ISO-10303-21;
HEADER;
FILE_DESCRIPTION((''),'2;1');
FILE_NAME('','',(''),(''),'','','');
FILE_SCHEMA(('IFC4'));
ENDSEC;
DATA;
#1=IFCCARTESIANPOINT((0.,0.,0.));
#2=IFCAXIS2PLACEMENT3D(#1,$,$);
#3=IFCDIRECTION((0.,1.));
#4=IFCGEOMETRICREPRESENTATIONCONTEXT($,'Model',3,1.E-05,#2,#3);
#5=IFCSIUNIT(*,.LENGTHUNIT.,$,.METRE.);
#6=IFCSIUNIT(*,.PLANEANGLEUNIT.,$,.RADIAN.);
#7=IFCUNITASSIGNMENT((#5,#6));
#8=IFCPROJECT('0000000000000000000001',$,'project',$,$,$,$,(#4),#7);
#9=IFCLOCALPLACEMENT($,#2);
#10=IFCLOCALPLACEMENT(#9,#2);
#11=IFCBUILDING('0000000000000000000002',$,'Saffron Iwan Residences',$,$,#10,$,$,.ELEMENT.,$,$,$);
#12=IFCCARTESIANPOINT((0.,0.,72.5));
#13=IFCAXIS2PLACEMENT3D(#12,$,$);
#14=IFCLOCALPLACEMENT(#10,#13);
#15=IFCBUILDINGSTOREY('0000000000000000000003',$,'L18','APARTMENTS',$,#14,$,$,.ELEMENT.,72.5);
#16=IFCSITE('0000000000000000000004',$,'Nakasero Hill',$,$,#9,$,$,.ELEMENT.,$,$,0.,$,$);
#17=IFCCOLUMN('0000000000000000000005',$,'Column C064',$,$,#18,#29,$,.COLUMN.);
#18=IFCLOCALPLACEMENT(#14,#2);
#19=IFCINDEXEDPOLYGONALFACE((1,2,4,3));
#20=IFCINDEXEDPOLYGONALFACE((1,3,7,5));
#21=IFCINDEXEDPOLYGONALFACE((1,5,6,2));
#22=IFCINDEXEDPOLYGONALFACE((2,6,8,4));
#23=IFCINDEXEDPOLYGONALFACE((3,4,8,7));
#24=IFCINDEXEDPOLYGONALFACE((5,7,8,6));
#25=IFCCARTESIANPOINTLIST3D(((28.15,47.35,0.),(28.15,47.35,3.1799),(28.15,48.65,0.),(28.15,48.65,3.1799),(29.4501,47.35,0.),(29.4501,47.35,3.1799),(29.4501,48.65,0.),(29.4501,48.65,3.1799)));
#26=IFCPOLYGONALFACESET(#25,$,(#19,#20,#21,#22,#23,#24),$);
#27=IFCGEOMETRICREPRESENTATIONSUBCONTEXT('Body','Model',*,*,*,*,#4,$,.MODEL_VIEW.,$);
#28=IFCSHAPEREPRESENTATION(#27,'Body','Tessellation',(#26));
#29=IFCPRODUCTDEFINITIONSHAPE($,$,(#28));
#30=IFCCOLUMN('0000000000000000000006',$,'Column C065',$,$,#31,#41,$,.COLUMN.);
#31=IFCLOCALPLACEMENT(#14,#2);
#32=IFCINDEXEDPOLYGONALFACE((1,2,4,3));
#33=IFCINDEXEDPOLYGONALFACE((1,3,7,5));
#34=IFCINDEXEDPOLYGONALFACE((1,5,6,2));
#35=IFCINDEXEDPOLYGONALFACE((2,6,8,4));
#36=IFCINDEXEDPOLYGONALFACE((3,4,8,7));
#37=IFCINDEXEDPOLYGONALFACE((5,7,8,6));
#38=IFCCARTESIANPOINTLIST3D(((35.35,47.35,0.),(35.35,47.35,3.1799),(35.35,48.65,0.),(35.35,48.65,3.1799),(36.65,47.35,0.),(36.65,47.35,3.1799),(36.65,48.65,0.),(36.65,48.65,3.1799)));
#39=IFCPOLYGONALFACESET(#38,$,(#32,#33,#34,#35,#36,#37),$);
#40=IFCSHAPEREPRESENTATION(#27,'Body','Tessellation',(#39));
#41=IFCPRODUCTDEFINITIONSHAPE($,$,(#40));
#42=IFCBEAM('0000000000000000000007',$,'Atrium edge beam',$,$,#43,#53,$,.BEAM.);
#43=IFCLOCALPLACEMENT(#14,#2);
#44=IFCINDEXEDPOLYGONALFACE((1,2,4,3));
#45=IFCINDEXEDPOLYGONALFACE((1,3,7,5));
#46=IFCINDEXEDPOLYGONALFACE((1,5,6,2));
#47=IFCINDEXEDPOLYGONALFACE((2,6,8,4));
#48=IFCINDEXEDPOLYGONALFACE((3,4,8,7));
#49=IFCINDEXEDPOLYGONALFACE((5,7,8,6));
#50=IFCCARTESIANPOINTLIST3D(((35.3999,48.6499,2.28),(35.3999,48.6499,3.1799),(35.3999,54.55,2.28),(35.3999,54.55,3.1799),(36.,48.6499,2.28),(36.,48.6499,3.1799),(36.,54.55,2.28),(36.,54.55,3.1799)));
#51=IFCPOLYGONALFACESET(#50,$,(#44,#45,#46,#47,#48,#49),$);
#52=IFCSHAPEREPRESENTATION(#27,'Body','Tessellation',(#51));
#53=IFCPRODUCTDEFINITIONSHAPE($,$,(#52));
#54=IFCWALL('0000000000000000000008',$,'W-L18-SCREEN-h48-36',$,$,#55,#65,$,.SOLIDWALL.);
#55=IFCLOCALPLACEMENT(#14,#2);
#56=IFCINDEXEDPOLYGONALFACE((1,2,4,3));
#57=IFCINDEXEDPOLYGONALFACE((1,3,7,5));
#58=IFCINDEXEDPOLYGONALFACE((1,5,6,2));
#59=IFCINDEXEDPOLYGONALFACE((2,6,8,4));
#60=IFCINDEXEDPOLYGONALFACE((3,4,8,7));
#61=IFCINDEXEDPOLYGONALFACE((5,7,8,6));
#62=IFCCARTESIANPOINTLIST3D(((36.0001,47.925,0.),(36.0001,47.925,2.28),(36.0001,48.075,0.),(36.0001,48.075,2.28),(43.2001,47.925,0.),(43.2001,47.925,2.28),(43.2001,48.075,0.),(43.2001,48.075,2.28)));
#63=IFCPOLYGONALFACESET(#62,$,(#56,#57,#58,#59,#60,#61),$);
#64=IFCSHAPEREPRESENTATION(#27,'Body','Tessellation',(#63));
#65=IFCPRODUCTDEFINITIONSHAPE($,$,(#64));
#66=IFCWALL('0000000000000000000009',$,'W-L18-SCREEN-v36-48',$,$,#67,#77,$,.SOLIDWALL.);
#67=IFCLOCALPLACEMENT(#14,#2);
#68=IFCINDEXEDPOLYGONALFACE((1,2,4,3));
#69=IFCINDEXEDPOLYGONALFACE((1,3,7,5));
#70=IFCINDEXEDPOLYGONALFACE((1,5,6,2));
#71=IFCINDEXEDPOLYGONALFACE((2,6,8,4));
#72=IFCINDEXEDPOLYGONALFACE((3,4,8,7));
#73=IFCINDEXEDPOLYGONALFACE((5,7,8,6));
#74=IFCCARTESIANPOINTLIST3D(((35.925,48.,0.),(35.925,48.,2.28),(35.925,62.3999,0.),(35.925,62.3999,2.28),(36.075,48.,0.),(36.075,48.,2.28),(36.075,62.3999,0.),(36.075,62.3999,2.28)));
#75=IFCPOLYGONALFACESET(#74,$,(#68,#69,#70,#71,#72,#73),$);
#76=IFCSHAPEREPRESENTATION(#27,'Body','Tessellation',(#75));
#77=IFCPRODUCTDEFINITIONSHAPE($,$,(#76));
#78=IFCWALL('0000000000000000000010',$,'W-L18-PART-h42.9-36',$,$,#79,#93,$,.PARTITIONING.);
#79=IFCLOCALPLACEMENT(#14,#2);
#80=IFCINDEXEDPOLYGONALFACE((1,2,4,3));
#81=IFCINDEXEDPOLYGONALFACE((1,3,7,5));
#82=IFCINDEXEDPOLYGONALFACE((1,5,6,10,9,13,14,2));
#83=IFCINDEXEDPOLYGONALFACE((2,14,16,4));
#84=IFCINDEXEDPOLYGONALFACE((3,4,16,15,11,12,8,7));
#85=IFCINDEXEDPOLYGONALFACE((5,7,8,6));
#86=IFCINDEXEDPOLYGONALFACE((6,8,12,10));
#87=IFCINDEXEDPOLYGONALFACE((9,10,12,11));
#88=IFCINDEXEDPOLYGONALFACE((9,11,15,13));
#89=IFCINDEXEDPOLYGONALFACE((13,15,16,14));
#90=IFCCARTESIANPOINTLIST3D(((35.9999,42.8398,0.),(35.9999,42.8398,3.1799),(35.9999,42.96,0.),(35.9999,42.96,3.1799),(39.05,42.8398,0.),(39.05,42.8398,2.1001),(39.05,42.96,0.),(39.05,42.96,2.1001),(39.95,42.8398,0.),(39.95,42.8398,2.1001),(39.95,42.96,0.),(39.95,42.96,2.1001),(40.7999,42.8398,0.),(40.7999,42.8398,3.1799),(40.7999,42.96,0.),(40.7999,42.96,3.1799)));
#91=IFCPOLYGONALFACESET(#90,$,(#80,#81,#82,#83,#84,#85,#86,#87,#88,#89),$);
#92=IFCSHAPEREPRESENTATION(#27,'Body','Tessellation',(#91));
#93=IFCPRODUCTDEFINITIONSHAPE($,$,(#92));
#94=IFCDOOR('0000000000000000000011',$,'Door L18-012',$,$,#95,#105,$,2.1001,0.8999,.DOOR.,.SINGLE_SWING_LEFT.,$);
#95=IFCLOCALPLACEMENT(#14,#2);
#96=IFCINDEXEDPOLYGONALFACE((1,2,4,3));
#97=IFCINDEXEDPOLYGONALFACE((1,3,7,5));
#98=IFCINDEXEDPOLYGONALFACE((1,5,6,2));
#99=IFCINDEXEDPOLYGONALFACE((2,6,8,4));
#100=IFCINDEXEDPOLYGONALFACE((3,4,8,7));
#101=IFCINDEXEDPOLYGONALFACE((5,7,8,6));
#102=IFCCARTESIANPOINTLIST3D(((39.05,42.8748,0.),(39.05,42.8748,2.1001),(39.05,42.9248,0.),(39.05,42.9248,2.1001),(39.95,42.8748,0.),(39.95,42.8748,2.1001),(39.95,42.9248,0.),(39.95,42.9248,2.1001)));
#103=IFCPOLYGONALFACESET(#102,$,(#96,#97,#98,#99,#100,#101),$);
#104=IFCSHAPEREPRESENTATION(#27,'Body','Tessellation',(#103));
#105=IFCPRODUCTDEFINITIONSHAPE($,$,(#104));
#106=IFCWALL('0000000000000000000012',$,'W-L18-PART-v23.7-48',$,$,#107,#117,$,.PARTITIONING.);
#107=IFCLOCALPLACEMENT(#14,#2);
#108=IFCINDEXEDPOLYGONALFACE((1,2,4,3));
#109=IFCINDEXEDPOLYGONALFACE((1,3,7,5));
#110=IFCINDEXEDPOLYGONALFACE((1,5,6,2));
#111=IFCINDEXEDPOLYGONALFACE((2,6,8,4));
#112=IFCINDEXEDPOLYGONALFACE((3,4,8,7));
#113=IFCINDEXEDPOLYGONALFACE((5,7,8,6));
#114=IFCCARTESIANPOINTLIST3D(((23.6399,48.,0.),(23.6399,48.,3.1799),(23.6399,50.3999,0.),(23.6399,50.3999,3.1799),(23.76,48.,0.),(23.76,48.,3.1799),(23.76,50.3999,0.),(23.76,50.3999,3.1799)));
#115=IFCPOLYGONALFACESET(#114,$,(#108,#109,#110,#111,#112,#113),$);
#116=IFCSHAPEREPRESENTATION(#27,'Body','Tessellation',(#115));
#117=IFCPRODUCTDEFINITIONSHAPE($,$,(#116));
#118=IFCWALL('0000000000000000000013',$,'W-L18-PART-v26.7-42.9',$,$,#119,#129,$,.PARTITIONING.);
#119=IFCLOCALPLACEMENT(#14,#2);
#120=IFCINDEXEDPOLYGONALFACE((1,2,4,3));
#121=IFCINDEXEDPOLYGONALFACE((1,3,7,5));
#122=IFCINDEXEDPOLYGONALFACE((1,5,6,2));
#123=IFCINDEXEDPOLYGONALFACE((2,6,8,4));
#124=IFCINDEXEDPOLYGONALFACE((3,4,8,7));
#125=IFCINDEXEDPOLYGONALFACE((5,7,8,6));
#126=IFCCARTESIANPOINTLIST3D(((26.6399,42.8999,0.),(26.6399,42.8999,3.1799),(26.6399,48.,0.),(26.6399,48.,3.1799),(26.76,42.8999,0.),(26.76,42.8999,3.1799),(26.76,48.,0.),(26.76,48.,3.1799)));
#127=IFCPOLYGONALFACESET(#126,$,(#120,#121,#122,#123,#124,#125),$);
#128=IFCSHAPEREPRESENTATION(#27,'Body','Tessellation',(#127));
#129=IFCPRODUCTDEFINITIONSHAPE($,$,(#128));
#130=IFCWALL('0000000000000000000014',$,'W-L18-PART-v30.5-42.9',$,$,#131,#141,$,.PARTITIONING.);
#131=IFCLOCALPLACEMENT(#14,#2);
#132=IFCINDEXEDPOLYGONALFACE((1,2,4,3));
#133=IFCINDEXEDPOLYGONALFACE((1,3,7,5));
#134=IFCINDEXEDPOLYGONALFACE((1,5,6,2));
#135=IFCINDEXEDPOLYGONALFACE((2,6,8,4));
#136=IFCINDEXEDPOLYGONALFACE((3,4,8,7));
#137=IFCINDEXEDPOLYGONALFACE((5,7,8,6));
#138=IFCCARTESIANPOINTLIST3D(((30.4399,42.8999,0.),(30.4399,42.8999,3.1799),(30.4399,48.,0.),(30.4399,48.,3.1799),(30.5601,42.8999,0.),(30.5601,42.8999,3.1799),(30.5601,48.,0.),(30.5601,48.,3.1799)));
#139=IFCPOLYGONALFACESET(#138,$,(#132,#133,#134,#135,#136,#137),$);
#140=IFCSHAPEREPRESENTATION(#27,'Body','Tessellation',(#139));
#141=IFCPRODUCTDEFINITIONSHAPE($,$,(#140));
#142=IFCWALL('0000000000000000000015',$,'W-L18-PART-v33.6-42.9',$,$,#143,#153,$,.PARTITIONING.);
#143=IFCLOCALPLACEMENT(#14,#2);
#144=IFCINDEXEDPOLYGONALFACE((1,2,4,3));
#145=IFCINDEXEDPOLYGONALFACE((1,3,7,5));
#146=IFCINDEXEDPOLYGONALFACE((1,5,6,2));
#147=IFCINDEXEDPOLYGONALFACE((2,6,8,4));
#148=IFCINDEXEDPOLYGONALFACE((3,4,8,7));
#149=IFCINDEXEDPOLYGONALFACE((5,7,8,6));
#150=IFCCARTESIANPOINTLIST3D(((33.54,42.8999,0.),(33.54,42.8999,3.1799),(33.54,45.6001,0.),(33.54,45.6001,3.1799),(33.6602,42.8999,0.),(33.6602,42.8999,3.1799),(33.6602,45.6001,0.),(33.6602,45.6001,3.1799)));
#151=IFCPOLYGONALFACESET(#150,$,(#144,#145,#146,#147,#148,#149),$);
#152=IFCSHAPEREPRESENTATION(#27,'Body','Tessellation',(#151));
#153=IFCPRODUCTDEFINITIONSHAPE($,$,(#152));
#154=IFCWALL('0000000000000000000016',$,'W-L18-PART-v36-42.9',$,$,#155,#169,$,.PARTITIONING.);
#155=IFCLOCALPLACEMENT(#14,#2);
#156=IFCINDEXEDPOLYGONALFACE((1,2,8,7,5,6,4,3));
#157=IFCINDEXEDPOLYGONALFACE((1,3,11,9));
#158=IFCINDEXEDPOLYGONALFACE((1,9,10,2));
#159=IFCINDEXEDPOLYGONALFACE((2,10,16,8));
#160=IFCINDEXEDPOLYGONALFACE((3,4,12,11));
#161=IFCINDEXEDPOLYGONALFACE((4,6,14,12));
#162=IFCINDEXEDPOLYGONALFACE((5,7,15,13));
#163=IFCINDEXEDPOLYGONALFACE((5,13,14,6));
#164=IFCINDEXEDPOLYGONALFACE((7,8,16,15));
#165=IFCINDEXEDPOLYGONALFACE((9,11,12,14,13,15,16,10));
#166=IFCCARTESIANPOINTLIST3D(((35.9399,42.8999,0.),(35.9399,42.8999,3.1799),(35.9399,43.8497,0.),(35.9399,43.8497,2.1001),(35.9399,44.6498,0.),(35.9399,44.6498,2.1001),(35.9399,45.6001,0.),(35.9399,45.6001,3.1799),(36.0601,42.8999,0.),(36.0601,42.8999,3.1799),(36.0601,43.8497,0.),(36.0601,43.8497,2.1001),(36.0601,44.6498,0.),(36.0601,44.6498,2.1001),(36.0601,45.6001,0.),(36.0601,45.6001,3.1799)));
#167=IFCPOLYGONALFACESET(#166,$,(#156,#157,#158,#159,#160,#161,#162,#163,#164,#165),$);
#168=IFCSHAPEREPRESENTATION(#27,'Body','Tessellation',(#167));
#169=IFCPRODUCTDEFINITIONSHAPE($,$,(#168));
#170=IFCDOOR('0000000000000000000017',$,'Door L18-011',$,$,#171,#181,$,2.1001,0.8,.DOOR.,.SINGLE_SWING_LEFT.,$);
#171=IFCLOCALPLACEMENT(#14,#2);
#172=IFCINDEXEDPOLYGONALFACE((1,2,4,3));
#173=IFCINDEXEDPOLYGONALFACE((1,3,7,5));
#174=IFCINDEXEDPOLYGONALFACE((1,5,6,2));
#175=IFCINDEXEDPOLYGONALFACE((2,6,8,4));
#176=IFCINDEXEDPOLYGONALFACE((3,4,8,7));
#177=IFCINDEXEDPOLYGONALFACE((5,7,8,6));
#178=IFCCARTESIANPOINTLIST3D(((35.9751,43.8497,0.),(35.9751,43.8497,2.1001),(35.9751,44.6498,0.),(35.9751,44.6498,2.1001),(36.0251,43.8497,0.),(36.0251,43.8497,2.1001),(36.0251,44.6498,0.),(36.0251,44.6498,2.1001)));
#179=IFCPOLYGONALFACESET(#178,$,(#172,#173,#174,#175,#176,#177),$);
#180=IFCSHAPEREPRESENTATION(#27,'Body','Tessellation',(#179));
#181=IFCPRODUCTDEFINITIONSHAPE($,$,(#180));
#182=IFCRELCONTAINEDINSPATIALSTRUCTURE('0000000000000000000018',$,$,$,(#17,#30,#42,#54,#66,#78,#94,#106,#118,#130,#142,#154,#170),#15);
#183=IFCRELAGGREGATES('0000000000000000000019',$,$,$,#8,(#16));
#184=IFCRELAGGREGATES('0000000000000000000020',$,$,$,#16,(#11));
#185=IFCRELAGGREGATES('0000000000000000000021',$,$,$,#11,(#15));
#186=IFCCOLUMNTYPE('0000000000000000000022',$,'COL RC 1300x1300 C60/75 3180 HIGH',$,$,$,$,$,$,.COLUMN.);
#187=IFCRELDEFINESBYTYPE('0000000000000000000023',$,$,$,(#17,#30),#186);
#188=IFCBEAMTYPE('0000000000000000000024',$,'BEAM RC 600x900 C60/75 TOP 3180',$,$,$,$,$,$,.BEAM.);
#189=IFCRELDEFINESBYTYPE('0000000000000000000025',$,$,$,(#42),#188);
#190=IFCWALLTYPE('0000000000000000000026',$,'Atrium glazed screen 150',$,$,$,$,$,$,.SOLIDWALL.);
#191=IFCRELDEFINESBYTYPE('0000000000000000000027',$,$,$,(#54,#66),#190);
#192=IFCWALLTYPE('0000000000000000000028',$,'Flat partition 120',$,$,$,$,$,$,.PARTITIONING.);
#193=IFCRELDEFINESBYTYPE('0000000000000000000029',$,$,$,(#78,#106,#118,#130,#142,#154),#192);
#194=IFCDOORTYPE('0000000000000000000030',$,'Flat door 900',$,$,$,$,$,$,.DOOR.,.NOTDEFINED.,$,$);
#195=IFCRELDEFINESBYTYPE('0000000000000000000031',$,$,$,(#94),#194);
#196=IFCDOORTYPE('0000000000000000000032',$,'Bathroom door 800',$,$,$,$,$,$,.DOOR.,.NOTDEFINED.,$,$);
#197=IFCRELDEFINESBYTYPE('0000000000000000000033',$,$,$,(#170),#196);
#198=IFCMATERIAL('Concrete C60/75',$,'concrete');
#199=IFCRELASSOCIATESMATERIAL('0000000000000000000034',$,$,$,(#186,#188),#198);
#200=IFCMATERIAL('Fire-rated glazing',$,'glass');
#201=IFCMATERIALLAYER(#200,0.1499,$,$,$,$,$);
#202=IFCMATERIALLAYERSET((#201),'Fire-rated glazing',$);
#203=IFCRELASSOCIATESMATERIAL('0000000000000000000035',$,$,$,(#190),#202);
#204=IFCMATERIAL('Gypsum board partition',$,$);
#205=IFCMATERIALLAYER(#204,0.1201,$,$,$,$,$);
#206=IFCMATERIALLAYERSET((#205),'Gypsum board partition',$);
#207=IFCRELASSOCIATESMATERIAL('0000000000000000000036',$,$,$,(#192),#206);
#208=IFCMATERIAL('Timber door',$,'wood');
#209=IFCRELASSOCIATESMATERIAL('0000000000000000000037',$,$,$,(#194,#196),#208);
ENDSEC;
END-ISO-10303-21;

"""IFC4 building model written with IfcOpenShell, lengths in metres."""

from ifc_helpers import new_model, si_unit, direction, frame, frame_2d, origin, origin_2d, place, context, subcontext, project, spatial, rectangle, extrude, source, transform, mapped, material, layer, layer_set, material_profile, profile_set, type_object, element, fill, save


model = new_model("IFC4")

# Units and contexts
model_context = context("Model", 3, precision=1e-05, world=origin(), true_north=direction((0.0, 1.0)))
body_context = subcontext(model_context, "Body", "Model", "MODEL_VIEW")
ifc_project = project(units=[si_unit("LENGTHUNIT", "METRE"), si_unit("PLANEANGLEUNIT", "RADIAN")], contexts=[model_context])

# Site, building, storey
site_placement = place(None, origin())
site = spatial("IfcSite", under=ifc_project, at=site_placement, Name="Nakasero Hill", CompositionType="ELEMENT", RefElevation=0.0)
building_placement = place(site_placement, origin())
building = spatial("IfcBuilding", under=site, at=building_placement, Name="Saffron Iwan Residences", CompositionType="ELEMENT")
storey_placement = place(building_placement, frame((0.0, 0.0, 72.5)))
storey = spatial("IfcBuildingStorey", under=building, at=storey_placement, Name="L18", Description="APARTMENTS", CompositionType="ELEMENT", Elevation=72.5)

# Columns
ifc_material_1 = material(Name="Concrete C60/75", Category="concrete")
ifc_material_profile_1 = material_profile(ifc_material_1, rectangle(XDim=1.3, YDim=1.3, at=origin_2d()), Name="RC 1300x1300")
ifc_profile_set_1 = profile_set([ifc_material_profile_1], Name="Concrete C60/75")
column_type = type_object("IfcColumnType", Name="COL RC 1300x1300 C60/75 3180 HIGH", PredefinedType="COLUMN", material=ifc_profile_set_1)
shared_shape_1 = source(origin(), body_context, "Body", "SweptSolid", [
    extrude(rectangle(XDim=1.3, YDim=1.3, at=origin_2d()), origin(), (0.0, 0.0, 1.0), 3.1799),
])
for number, where, z_axis, x_axis, name in (
    (1, (28.8, 48.0, 0.0), (0.0, 0.0, 1.0), (1.0, 0.0, 0.0), "Column C064"),
    (2, (36.0, 48.0, 0.0), (0.0, 0.0, 1.0), (1.0, 0.0, 0.0), "Column C065"),
):
    element("IfcColumn", number, at=place(storey_placement, frame(where, z_axis=z_axis, x_axis=x_axis)), inside=storey, type_object=column_type, Name=name, PredefinedType="COLUMN", context=body_context, shape_type="MappedRepresentation", body=[
        mapped(shared_shape_1, transform((0.0, 0.0, 0.0))),
    ])

# Beam
ifc_material_profile_2 = material_profile(ifc_material_1, rectangle(XDim=0.6001, YDim=0.8999, at=origin_2d()), Name="RC 600x900")
ifc_profile_set_2 = profile_set([ifc_material_profile_2], Name="Concrete C60/75")
beam_type = type_object("IfcBeamType", Name="BEAM RC 600x900 C60/75 TOP 3180", PredefinedType="BEAM", material=ifc_profile_set_2)
shared_shape_2 = source(origin(), body_context, "Body", "SweptSolid", [
    extrude(rectangle(XDim=0.6001, YDim=0.8999, at=origin_2d()), origin(), (0.0, 0.0, 1.0), 5.9001),
])
beam_placement = place(storey_placement, frame((35.7, 48.6499, 2.73), z_axis=(0.0, 1.0, 0.0), x_axis=(-1.0, 0.0, 0.0)))
element("IfcBeam", 3, at=beam_placement, inside=storey, type_object=beam_type, Name="Atrium edge beam", PredefinedType="BEAM", context=body_context, shape_type="MappedRepresentation", body=[
    mapped(shared_shape_2, transform((0.0, 0.0, 0.0))),
])

# Walls
ifc_material_2 = material(Name="Fire-rated glazing", Category="glass")
ifc_layer_1 = layer(ifc_material_2, 0.1499)
ifc_layer_set_1 = layer_set([ifc_layer_1], Name="Fire-rated glazing")
wall_type_1 = type_object("IfcWallType", Name="Atrium glazed screen 150", PredefinedType="SOLIDWALL", material=ifc_layer_set_1)
wall_1_placement = place(storey_placement, frame((36.0, 48.0, 0.0), z_axis=(0.0, 0.0, 1.0), x_axis=(1.0, 0.0, 0.0)))
element("IfcWall", 4, at=wall_1_placement, inside=storey, type_object=wall_type_1, Name="W-L18-SCREEN-h48-36", PredefinedType="SOLIDWALL", context=body_context, shape_type="SweptSolid", body=[
    extrude(rectangle(XDim=7.2, YDim=0.1499, at=frame_2d((3.6001, 0.0))), origin(), (0.0, 0.0, 1.0), 2.28),
])
wall_2_placement = place(storey_placement, frame((36.0, 48.0, 0.0), z_axis=(0.0, 0.0, 1.0), x_axis=(0.0, 1.0, 0.0)))
element("IfcWall", 5, at=wall_2_placement, inside=storey, type_object=wall_type_1, Name="W-L18-SCREEN-v36-48", PredefinedType="SOLIDWALL", context=body_context, shape_type="SweptSolid", body=[
    extrude(rectangle(XDim=14.3999, YDim=0.1499, at=frame_2d((7.2, 0.0))), origin(), (0.0, 0.0, 1.0), 2.28),
])

# Wall, opening, door
ifc_material_3 = material(Name="Gypsum board partition")
ifc_layer_2 = layer(ifc_material_3, 0.1201)
ifc_layer_set_2 = layer_set([ifc_layer_2], Name="Gypsum board partition")
wall_type_2 = type_object("IfcWallType", Name="Flat partition 120", PredefinedType="PARTITIONING", material=ifc_layer_set_2)
wall_3_placement = place(storey_placement, frame((36.0, 42.8999, 0.0), z_axis=(0.0, 0.0, 1.0), x_axis=(1.0, 0.0, 0.0)))
wall_3 = element("IfcWall", 6, at=wall_3_placement, inside=storey, type_object=wall_type_2, Name="W-L18-PART-h42.9-36", PredefinedType="PARTITIONING", context=body_context, shape_type="SweptSolid", body=[
    extrude(rectangle(XDim=4.8, YDim=0.1201, at=frame_2d((2.3999, 0.0))), origin(), (0.0, 0.0, 1.0), 3.1799),
])
opening_1_placement = place(wall_3_placement, frame((3.05, 0.0, 0.0)))
opening_1 = element("IfcOpeningElement", 7, at=opening_1_placement, cuts=wall_3, PredefinedType="OPENING", context=body_context, shape_type="SweptSolid", body=[
    extrude(rectangle(XDim=0.8999, YDim=2.1001, at=frame_2d((0.45, 1.05))), frame((0.0, 0.0701, 0.0), z_axis=(0.0, -1.0, 0.0), x_axis=(1.0, 0.0, 0.0)), (0.0, 0.0, 1.0), 0.1401),
])
ifc_material_4 = material(Name="Timber door", Category="wood")
door_type_1 = type_object("IfcDoorType", Name="Flat door 900", OperationType="NOTDEFINED", PredefinedType="DOOR", material=ifc_material_4)
door_1_placement = place(opening_1_placement, origin())
door_1 = element("IfcDoor", 8, at=door_1_placement, inside=storey, type_object=door_type_1, Name="Door L18-012", OperationType="SINGLE_SWING_LEFT", OverallHeight=2.1001, OverallWidth=0.8999, PredefinedType="DOOR", context=body_context, shape_type="SweptSolid", body=[
    extrude(rectangle(XDim=0.8999, YDim=2.1001, at=frame_2d((0.45, 1.05))), frame((0.0, 0.0249, 0.0), z_axis=(0.0, -1.0, 0.0), x_axis=(1.0, 0.0, 0.0)), (0.0, 0.0, 1.0), 0.05),
])
fill(opening_1, door_1)

# Walls
wall_4_placement = place(storey_placement, frame((23.7, 48.0, 0.0), z_axis=(0.0, 0.0, 1.0), x_axis=(0.0, 1.0, 0.0)))
element("IfcWall", 9, at=wall_4_placement, inside=storey, type_object=wall_type_2, Name="W-L18-PART-v23.7-48", PredefinedType="PARTITIONING", context=body_context, shape_type="SweptSolid", body=[
    extrude(rectangle(XDim=2.3999, YDim=0.1201, at=frame_2d((1.2, 0.0))), origin(), (0.0, 0.0, 1.0), 3.1799),
])
for number, where, z_axis, x_axis, name in (
    (10, (26.7, 42.8999, 0.0), (0.0, 0.0, 1.0), (0.0, 1.0, 0.0), "W-L18-PART-v26.7-42.9"),
    (11, (30.5, 42.8999, 0.0), (0.0, 0.0, 1.0), (0.0, 1.0, 0.0), "W-L18-PART-v30.5-42.9"),
):
    element("IfcWall", number, at=place(storey_placement, frame(where, z_axis=z_axis, x_axis=x_axis)), inside=storey, type_object=wall_type_2, Name=name, PredefinedType="PARTITIONING", context=body_context, shape_type="SweptSolid", body=[
        extrude(rectangle(XDim=5.1001, YDim=0.1201, at=frame_2d((2.55, 0.0))), origin(), (0.0, 0.0, 1.0), 3.1799),
    ])
wall_5_placement = place(storey_placement, frame((33.6001, 42.8999, 0.0), z_axis=(0.0, 0.0, 1.0), x_axis=(0.0, 1.0, 0.0)))
element("IfcWall", 12, at=wall_5_placement, inside=storey, type_object=wall_type_2, Name="W-L18-PART-v33.6-42.9", PredefinedType="PARTITIONING", context=body_context, shape_type="SweptSolid", body=[
    extrude(rectangle(XDim=2.7002, YDim=0.1201, at=frame_2d((1.3501, 0.0))), origin(), (0.0, 0.0, 1.0), 3.1799),
])

# Wall, opening, door
wall_6_placement = place(storey_placement, frame((36.0, 42.8999, 0.0), z_axis=(0.0, 0.0, 1.0), x_axis=(0.0, 1.0, 0.0)))
wall_6 = element("IfcWall", 13, at=wall_6_placement, inside=storey, type_object=wall_type_2, Name="W-L18-PART-v36-42.9", PredefinedType="PARTITIONING", context=body_context, shape_type="SweptSolid", body=[
    extrude(rectangle(XDim=2.7002, YDim=0.1201, at=frame_2d((1.3501, 0.0))), origin(), (0.0, 0.0, 1.0), 3.1799),
])
opening_2_placement = place(wall_6_placement, frame((0.95, 0.0, 0.0)))
opening_2 = element("IfcOpeningElement", 14, at=opening_2_placement, cuts=wall_6, PredefinedType="OPENING", context=body_context, shape_type="SweptSolid", body=[
    extrude(rectangle(XDim=0.8, YDim=2.1001, at=frame_2d((0.3999, 1.05))), frame((0.0, 0.0701, 0.0), z_axis=(0.0, -1.0, 0.0), x_axis=(1.0, 0.0, 0.0)), (0.0, 0.0, 1.0), 0.1401),
])
door_type_2 = type_object("IfcDoorType", Name="Bathroom door 800", OperationType="NOTDEFINED", PredefinedType="DOOR", material=ifc_material_4)
door_2_placement = place(opening_2_placement, origin())
door_2 = element("IfcDoor", 15, at=door_2_placement, inside=storey, type_object=door_type_2, Name="Door L18-011", OperationType="SINGLE_SWING_LEFT", OverallHeight=2.1001, OverallWidth=0.8, PredefinedType="DOOR", context=body_context, shape_type="SweptSolid", body=[
    extrude(rectangle(XDim=0.8, YDim=2.1001, at=frame_2d((0.3999, 1.05))), frame((0.0, 0.0249, 0.0), z_axis=(0.0, -1.0, 0.0), x_axis=(1.0, 0.0, 0.0)), (0.0, 0.0, 1.0), 0.05),
])
fill(opening_2, door_2)

save(model, "model.ifc")
